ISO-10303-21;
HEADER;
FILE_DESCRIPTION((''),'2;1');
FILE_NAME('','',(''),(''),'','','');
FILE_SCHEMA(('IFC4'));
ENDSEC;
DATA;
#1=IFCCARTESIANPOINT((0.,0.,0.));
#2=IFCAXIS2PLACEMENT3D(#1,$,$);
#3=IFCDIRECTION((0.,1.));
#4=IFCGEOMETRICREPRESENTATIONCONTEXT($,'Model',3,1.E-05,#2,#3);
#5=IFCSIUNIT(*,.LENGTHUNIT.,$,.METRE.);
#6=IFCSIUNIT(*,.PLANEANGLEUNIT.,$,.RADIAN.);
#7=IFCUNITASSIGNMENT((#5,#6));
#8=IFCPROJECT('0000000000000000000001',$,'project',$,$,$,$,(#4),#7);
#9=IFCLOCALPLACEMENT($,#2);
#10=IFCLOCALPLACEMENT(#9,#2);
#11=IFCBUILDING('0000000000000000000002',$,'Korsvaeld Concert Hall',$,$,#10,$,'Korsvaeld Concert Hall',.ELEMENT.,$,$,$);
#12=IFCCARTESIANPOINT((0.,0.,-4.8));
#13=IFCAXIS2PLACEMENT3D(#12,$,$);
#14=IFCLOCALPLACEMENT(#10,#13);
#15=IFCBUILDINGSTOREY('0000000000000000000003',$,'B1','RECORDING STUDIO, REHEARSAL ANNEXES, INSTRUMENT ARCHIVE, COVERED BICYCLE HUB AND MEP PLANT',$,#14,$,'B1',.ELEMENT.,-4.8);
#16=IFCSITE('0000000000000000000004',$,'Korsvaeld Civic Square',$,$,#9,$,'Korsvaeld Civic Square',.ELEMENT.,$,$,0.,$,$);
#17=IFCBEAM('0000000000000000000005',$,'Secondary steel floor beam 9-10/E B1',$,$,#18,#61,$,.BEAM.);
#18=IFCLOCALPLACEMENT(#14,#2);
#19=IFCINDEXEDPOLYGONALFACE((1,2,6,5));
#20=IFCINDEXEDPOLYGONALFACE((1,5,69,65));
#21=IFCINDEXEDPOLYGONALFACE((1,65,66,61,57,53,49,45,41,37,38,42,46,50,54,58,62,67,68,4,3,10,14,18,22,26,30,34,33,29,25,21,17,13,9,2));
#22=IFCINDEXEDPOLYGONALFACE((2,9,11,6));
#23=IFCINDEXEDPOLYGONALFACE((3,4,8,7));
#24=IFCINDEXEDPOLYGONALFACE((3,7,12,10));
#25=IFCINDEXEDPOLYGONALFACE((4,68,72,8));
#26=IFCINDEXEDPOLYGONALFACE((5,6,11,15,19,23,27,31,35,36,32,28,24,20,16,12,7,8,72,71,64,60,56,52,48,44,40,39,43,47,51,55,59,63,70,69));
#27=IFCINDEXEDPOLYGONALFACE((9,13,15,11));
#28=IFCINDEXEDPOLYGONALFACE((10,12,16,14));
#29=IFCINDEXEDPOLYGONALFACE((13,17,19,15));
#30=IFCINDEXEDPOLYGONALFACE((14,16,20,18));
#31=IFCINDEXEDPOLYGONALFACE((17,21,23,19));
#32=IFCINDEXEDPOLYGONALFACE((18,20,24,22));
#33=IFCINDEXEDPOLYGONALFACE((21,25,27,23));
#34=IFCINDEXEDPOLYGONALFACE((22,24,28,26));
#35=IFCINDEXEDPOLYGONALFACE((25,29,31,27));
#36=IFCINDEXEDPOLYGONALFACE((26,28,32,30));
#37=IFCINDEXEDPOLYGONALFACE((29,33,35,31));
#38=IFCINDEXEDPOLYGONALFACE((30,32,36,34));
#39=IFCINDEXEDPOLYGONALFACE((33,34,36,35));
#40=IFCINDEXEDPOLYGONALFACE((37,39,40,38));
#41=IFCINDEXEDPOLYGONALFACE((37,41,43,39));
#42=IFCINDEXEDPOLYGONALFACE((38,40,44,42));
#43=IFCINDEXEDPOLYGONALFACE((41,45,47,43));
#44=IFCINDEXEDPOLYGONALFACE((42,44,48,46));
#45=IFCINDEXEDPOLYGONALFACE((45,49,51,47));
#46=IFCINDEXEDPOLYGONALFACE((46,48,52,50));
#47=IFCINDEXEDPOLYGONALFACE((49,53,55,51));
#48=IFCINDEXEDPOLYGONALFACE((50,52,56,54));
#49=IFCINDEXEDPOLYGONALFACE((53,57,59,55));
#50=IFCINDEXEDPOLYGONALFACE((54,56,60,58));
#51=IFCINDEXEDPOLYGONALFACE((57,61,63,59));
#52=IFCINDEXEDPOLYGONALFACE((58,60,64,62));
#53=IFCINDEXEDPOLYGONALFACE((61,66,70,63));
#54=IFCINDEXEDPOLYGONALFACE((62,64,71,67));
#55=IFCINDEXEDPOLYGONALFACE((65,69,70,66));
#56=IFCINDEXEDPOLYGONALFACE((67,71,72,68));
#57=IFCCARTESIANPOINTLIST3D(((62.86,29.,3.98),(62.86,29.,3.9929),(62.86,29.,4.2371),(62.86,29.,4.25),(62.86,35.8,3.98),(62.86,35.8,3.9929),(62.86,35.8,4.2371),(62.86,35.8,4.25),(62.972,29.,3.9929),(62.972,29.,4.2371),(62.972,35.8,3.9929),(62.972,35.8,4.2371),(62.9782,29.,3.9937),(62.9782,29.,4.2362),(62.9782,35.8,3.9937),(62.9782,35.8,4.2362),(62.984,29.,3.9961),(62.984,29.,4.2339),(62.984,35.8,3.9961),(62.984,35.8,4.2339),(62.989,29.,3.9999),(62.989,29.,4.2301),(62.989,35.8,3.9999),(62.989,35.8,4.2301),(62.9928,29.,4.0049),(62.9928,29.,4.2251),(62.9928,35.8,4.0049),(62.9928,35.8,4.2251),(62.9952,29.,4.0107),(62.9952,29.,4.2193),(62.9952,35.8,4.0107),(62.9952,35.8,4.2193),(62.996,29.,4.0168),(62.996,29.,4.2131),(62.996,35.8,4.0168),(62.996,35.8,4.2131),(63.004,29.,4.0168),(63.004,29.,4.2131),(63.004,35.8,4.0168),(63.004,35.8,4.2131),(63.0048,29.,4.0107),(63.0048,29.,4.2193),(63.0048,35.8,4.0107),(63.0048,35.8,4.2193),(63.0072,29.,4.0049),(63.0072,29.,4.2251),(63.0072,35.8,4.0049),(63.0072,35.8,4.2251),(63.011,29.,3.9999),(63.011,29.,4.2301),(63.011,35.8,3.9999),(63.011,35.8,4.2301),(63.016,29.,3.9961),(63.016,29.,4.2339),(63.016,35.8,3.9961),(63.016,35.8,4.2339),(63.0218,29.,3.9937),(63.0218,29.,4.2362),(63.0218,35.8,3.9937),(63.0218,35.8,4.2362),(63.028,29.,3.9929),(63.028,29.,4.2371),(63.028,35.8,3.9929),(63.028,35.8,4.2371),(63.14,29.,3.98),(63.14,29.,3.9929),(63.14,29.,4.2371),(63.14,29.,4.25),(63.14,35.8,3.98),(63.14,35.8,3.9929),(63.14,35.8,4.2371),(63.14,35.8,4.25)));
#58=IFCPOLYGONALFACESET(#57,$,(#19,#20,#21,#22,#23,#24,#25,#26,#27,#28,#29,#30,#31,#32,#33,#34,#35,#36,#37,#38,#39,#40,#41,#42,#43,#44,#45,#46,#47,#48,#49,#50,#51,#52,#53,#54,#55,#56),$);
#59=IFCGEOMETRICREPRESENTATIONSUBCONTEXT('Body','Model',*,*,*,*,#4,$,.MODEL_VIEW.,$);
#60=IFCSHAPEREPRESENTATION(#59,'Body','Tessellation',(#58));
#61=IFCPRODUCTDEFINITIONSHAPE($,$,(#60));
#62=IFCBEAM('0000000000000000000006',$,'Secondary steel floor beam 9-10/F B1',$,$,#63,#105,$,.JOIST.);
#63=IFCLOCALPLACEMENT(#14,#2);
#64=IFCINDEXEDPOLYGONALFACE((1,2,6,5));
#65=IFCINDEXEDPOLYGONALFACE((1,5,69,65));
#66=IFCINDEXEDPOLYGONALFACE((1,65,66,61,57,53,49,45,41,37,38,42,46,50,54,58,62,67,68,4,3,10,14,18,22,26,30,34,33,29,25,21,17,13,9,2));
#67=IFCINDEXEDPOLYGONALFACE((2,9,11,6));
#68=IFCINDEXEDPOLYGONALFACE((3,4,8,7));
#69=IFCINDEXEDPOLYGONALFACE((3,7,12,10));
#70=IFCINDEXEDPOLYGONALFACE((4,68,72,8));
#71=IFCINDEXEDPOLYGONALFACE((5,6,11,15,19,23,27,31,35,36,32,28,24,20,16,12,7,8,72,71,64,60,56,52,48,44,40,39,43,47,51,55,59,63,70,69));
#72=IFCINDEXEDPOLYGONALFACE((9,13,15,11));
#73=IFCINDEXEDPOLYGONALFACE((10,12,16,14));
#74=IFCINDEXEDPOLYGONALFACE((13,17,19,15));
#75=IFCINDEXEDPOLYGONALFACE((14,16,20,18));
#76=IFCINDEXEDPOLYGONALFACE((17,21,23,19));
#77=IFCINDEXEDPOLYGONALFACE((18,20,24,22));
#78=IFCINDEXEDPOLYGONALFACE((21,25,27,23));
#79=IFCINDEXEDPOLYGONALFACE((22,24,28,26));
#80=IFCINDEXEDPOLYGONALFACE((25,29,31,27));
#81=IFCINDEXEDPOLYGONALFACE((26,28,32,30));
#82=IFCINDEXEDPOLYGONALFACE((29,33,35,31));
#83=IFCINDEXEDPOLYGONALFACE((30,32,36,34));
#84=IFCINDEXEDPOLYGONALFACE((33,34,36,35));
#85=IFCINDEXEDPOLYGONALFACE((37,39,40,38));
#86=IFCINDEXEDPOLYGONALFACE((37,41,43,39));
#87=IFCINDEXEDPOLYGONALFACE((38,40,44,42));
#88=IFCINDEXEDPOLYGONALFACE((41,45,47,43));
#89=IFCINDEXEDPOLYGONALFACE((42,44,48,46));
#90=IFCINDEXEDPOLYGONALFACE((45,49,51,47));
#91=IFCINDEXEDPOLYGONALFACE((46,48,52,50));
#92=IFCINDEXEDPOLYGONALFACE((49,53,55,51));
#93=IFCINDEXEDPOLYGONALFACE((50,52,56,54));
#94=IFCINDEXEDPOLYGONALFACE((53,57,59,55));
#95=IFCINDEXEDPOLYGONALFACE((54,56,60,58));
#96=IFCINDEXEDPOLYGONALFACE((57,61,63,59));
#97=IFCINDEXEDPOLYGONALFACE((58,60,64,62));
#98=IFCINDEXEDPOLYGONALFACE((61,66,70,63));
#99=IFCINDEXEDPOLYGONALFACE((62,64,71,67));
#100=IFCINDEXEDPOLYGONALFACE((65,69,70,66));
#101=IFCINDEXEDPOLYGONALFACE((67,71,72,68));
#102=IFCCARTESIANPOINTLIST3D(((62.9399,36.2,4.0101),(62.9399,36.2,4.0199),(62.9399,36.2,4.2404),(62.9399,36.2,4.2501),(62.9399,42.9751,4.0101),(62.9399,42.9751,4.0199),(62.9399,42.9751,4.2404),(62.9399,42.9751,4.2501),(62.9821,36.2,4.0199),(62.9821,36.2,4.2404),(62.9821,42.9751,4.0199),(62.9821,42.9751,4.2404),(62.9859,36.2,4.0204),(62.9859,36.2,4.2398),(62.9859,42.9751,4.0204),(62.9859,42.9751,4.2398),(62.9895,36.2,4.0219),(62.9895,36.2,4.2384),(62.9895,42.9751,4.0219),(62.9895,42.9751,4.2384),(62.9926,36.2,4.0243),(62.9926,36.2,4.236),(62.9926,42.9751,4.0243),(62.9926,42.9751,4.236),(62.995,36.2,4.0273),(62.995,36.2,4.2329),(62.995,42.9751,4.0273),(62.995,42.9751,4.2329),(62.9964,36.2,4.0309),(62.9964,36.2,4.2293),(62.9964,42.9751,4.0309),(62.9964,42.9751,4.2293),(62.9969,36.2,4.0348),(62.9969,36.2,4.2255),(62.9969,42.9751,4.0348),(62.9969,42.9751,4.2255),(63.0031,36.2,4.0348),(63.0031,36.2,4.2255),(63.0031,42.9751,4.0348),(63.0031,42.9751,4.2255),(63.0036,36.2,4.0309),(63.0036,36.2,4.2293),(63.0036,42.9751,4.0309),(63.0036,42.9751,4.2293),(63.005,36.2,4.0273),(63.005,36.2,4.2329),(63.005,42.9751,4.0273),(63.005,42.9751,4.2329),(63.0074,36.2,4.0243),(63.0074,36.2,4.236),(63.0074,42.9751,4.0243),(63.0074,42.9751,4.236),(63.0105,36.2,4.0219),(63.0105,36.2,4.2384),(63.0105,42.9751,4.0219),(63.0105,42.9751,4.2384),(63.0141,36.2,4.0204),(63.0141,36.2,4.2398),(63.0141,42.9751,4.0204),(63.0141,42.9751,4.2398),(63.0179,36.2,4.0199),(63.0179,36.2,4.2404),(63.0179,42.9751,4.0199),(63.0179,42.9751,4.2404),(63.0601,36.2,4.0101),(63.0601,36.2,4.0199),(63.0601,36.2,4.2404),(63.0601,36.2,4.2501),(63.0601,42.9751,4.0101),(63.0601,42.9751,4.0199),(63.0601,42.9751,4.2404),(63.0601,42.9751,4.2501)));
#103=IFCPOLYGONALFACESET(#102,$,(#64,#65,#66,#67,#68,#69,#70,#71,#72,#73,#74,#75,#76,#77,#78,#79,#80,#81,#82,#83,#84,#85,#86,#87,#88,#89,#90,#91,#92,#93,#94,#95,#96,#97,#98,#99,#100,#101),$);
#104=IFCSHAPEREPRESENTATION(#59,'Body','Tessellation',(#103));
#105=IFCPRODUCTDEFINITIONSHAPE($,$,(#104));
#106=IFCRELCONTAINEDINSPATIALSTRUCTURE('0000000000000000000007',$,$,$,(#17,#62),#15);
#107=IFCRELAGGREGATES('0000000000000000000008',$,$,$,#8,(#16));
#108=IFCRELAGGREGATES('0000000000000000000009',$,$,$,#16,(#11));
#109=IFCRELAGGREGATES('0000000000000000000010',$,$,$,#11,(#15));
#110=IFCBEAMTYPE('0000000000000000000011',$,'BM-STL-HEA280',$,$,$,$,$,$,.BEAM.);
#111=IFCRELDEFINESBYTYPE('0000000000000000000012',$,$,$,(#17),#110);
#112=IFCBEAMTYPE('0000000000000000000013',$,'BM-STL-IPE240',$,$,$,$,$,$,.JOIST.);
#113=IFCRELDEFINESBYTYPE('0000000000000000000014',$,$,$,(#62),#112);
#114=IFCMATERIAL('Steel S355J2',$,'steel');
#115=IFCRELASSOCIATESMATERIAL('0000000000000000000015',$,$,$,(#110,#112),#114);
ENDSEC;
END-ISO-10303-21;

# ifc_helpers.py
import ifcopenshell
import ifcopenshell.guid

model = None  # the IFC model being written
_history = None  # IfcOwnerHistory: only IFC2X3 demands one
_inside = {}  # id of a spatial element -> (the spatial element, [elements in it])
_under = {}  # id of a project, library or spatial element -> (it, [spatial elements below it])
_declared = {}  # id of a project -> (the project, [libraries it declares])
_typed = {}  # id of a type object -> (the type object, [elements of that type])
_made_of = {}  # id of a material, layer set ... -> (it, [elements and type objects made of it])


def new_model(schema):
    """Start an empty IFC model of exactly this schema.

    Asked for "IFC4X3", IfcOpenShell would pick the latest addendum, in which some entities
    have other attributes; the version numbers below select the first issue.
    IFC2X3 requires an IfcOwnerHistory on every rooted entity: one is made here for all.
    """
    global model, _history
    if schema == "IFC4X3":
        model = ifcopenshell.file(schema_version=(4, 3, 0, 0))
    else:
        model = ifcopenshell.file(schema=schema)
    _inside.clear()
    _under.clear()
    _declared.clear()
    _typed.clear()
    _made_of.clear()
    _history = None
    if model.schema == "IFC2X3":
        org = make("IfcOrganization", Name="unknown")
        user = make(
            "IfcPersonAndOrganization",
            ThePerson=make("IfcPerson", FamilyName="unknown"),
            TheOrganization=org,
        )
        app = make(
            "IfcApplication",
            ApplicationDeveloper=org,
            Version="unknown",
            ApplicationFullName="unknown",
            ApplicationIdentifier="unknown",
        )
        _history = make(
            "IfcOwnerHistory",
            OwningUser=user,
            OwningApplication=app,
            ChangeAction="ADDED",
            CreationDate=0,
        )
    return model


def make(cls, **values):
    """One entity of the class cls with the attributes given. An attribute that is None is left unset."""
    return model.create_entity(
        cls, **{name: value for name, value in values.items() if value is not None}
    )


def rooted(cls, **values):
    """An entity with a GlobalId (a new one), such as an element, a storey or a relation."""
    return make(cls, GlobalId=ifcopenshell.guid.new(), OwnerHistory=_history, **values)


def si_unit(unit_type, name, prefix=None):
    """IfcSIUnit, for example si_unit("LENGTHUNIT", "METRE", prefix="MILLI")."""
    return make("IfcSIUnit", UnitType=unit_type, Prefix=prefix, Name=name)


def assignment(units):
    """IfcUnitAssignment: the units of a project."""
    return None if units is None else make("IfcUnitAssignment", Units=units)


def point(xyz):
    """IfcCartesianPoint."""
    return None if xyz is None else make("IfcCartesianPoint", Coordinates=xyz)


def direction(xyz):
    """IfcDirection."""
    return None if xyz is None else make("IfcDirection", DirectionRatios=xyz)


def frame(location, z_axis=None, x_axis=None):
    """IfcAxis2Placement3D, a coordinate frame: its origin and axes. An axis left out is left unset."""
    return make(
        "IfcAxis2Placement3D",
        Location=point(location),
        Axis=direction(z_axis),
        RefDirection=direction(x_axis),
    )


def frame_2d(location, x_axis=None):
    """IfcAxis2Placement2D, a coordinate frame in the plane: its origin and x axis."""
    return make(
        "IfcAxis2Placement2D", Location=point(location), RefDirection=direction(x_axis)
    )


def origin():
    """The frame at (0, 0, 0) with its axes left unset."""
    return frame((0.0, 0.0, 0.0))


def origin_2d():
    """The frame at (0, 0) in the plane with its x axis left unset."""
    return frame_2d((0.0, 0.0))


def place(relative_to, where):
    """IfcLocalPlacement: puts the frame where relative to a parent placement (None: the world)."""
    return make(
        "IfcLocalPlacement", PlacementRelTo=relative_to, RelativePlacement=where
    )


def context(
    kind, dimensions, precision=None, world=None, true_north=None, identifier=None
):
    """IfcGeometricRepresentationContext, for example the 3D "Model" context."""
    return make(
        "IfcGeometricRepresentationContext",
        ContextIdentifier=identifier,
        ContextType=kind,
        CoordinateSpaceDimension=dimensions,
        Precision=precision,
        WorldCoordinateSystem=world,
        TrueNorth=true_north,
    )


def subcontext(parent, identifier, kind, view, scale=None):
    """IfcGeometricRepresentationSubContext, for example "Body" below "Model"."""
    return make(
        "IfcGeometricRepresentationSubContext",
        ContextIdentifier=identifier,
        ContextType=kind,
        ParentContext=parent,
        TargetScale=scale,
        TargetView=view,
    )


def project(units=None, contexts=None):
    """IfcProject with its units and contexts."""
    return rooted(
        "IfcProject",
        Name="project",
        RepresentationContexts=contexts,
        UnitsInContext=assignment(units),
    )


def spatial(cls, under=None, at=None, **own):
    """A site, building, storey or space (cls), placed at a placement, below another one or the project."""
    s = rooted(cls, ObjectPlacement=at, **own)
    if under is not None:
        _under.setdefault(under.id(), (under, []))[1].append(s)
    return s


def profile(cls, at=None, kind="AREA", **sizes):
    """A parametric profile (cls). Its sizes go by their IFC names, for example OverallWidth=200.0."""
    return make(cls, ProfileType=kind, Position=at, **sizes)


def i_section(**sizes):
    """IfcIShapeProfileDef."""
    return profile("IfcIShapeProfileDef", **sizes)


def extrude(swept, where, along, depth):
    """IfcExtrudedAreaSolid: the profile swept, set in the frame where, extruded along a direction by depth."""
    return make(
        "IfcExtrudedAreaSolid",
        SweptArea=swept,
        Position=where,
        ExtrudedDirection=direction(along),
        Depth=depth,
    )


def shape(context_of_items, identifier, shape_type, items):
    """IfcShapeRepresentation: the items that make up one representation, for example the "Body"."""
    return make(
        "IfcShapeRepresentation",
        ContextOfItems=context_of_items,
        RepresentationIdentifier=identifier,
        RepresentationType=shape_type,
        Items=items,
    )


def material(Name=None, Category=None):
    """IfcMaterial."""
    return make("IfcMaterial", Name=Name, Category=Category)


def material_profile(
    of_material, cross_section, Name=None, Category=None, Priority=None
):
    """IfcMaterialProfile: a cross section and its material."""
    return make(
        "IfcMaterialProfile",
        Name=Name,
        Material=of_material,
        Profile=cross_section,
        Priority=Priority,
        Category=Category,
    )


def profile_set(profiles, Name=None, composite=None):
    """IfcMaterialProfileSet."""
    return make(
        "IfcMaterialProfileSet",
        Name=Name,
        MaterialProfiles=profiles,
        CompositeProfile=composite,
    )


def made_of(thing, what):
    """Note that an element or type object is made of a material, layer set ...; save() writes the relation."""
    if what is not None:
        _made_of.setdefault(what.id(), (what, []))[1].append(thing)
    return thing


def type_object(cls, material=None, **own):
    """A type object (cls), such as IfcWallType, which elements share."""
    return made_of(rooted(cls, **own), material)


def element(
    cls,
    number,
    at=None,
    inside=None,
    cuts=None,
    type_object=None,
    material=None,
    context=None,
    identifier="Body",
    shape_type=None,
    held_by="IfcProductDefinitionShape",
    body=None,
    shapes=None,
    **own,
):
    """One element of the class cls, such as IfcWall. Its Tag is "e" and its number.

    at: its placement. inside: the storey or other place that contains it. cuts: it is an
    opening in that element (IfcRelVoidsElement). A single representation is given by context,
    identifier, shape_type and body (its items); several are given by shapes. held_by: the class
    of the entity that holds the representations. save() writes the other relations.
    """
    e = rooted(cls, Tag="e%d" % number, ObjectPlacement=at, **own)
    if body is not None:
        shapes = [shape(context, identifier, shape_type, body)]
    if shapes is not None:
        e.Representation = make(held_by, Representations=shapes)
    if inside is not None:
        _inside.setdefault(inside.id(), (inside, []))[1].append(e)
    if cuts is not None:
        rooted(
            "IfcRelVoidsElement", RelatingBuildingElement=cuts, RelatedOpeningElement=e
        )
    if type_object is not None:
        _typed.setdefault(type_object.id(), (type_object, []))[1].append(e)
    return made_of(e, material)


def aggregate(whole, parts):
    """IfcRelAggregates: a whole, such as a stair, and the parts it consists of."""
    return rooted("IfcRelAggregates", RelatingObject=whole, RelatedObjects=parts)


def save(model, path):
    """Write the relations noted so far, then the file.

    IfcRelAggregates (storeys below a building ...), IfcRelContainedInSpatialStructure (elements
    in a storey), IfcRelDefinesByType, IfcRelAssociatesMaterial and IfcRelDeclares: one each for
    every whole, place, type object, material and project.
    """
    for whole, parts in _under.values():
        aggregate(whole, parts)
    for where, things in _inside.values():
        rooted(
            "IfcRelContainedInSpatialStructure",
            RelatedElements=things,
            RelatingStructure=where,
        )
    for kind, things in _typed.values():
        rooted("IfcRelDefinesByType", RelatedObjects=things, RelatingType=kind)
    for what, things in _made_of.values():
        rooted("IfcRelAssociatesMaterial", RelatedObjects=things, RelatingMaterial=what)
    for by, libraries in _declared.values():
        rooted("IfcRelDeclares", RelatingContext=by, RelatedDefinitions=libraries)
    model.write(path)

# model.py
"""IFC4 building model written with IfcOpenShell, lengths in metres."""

from ifc_helpers import new_model, si_unit, direction, frame, origin, origin_2d, place, context, subcontext, project, spatial, i_section, extrude, material, material_profile, profile_set, type_object, element, save


model = new_model("IFC4")

# Units and contexts
model_context = context("Model", 3, precision=1e-05, world=origin(), true_north=direction((0.0, 1.0)))
body_context = subcontext(model_context, "Body", "Model", "MODEL_VIEW")
ifc_project = project(units=[si_unit("LENGTHUNIT", "METRE"), si_unit("PLANEANGLEUNIT", "RADIAN")], contexts=[model_context])

# Site, building, storey
site_placement = place(None, origin())
site = spatial("IfcSite", under=ifc_project, at=site_placement, Name="Korsvaeld Civic Square", LongName="Korsvaeld Civic Square", CompositionType="ELEMENT", RefElevation=0.0)
building_placement = place(site_placement, origin())
building = spatial("IfcBuilding", under=site, at=building_placement, Name="Korsvaeld Concert Hall", LongName="Korsvaeld Concert Hall", CompositionType="ELEMENT")
storey_placement = place(building_placement, frame((0.0, 0.0, -4.8)))
storey = spatial("IfcBuildingStorey", under=building, at=storey_placement, Name="B1", Description="RECORDING STUDIO, REHEARSAL ANNEXES, INSTRUMENT ARCHIVE, COVERED BICYCLE HUB AND MEP PLANT", LongName="B1", CompositionType="ELEMENT", Elevation=-4.8)

# Beams
ifc_material_1 = material(Name="Steel S355J2", Category="steel")
ifc_material_profile_1 = material_profile(ifc_material_1, i_section(OverallWidth=0.28, OverallDepth=0.27, WebThickness=0.0081, FlangeThickness=0.0129, FilletRadius=0.0239, at=origin_2d()), Name="HEA 280")
ifc_profile_set_1 = profile_set([ifc_material_profile_1], Name="Steel S355J2")
beam_type_1 = type_object("IfcBeamType", Name="BM-STL-HEA280", PredefinedType="BEAM", material=ifc_profile_set_1)
beam_1_placement = place(storey_placement, frame((63.0, 29.0, 4.115), z_axis=(0.0, 1.0, 0.0), x_axis=(-1.0, 0.0, 0.0)))
element("IfcBeam", 1, at=beam_1_placement, inside=storey, type_object=beam_type_1, Name="Secondary steel floor beam 9-10/E B1", PredefinedType="BEAM", context=body_context, shape_type="SweptSolid", body=[
    extrude(i_section(OverallWidth=0.28, OverallDepth=0.27, WebThickness=0.0081, FlangeThickness=0.0129, FilletRadius=0.0239, at=origin_2d()), origin(), (0.0, 0.0, 1.0), 6.8),
])
ifc_material_profile_2 = material_profile(ifc_material_1, i_section(OverallWidth=0.1201, OverallDepth=0.24, WebThickness=0.0061, FlangeThickness=0.0098, FilletRadius=0.0149, at=origin_2d()), Name="IPE 240")
ifc_profile_set_2 = profile_set([ifc_material_profile_2], Name="Steel S355J2")
beam_type_2 = type_object("IfcBeamType", Name="BM-STL-IPE240", PredefinedType="JOIST", material=ifc_profile_set_2)
beam_2_placement = place(storey_placement, frame((63.0, 36.2, 4.1301), z_axis=(0.0, 1.0, 0.0), x_axis=(-1.0, 0.0, 0.0)))
element("IfcBeam", 2, at=beam_2_placement, inside=storey, type_object=beam_type_2, Name="Secondary steel floor beam 9-10/F B1", PredefinedType="JOIST", context=body_context, shape_type="SweptSolid", body=[
    extrude(i_section(OverallWidth=0.1201, OverallDepth=0.24, WebThickness=0.0061, FlangeThickness=0.0098, FilletRadius=0.0149, at=origin_2d()), origin(), (0.0, 0.0, 1.0), 6.7751),
])

save(model, "model.ifc")
